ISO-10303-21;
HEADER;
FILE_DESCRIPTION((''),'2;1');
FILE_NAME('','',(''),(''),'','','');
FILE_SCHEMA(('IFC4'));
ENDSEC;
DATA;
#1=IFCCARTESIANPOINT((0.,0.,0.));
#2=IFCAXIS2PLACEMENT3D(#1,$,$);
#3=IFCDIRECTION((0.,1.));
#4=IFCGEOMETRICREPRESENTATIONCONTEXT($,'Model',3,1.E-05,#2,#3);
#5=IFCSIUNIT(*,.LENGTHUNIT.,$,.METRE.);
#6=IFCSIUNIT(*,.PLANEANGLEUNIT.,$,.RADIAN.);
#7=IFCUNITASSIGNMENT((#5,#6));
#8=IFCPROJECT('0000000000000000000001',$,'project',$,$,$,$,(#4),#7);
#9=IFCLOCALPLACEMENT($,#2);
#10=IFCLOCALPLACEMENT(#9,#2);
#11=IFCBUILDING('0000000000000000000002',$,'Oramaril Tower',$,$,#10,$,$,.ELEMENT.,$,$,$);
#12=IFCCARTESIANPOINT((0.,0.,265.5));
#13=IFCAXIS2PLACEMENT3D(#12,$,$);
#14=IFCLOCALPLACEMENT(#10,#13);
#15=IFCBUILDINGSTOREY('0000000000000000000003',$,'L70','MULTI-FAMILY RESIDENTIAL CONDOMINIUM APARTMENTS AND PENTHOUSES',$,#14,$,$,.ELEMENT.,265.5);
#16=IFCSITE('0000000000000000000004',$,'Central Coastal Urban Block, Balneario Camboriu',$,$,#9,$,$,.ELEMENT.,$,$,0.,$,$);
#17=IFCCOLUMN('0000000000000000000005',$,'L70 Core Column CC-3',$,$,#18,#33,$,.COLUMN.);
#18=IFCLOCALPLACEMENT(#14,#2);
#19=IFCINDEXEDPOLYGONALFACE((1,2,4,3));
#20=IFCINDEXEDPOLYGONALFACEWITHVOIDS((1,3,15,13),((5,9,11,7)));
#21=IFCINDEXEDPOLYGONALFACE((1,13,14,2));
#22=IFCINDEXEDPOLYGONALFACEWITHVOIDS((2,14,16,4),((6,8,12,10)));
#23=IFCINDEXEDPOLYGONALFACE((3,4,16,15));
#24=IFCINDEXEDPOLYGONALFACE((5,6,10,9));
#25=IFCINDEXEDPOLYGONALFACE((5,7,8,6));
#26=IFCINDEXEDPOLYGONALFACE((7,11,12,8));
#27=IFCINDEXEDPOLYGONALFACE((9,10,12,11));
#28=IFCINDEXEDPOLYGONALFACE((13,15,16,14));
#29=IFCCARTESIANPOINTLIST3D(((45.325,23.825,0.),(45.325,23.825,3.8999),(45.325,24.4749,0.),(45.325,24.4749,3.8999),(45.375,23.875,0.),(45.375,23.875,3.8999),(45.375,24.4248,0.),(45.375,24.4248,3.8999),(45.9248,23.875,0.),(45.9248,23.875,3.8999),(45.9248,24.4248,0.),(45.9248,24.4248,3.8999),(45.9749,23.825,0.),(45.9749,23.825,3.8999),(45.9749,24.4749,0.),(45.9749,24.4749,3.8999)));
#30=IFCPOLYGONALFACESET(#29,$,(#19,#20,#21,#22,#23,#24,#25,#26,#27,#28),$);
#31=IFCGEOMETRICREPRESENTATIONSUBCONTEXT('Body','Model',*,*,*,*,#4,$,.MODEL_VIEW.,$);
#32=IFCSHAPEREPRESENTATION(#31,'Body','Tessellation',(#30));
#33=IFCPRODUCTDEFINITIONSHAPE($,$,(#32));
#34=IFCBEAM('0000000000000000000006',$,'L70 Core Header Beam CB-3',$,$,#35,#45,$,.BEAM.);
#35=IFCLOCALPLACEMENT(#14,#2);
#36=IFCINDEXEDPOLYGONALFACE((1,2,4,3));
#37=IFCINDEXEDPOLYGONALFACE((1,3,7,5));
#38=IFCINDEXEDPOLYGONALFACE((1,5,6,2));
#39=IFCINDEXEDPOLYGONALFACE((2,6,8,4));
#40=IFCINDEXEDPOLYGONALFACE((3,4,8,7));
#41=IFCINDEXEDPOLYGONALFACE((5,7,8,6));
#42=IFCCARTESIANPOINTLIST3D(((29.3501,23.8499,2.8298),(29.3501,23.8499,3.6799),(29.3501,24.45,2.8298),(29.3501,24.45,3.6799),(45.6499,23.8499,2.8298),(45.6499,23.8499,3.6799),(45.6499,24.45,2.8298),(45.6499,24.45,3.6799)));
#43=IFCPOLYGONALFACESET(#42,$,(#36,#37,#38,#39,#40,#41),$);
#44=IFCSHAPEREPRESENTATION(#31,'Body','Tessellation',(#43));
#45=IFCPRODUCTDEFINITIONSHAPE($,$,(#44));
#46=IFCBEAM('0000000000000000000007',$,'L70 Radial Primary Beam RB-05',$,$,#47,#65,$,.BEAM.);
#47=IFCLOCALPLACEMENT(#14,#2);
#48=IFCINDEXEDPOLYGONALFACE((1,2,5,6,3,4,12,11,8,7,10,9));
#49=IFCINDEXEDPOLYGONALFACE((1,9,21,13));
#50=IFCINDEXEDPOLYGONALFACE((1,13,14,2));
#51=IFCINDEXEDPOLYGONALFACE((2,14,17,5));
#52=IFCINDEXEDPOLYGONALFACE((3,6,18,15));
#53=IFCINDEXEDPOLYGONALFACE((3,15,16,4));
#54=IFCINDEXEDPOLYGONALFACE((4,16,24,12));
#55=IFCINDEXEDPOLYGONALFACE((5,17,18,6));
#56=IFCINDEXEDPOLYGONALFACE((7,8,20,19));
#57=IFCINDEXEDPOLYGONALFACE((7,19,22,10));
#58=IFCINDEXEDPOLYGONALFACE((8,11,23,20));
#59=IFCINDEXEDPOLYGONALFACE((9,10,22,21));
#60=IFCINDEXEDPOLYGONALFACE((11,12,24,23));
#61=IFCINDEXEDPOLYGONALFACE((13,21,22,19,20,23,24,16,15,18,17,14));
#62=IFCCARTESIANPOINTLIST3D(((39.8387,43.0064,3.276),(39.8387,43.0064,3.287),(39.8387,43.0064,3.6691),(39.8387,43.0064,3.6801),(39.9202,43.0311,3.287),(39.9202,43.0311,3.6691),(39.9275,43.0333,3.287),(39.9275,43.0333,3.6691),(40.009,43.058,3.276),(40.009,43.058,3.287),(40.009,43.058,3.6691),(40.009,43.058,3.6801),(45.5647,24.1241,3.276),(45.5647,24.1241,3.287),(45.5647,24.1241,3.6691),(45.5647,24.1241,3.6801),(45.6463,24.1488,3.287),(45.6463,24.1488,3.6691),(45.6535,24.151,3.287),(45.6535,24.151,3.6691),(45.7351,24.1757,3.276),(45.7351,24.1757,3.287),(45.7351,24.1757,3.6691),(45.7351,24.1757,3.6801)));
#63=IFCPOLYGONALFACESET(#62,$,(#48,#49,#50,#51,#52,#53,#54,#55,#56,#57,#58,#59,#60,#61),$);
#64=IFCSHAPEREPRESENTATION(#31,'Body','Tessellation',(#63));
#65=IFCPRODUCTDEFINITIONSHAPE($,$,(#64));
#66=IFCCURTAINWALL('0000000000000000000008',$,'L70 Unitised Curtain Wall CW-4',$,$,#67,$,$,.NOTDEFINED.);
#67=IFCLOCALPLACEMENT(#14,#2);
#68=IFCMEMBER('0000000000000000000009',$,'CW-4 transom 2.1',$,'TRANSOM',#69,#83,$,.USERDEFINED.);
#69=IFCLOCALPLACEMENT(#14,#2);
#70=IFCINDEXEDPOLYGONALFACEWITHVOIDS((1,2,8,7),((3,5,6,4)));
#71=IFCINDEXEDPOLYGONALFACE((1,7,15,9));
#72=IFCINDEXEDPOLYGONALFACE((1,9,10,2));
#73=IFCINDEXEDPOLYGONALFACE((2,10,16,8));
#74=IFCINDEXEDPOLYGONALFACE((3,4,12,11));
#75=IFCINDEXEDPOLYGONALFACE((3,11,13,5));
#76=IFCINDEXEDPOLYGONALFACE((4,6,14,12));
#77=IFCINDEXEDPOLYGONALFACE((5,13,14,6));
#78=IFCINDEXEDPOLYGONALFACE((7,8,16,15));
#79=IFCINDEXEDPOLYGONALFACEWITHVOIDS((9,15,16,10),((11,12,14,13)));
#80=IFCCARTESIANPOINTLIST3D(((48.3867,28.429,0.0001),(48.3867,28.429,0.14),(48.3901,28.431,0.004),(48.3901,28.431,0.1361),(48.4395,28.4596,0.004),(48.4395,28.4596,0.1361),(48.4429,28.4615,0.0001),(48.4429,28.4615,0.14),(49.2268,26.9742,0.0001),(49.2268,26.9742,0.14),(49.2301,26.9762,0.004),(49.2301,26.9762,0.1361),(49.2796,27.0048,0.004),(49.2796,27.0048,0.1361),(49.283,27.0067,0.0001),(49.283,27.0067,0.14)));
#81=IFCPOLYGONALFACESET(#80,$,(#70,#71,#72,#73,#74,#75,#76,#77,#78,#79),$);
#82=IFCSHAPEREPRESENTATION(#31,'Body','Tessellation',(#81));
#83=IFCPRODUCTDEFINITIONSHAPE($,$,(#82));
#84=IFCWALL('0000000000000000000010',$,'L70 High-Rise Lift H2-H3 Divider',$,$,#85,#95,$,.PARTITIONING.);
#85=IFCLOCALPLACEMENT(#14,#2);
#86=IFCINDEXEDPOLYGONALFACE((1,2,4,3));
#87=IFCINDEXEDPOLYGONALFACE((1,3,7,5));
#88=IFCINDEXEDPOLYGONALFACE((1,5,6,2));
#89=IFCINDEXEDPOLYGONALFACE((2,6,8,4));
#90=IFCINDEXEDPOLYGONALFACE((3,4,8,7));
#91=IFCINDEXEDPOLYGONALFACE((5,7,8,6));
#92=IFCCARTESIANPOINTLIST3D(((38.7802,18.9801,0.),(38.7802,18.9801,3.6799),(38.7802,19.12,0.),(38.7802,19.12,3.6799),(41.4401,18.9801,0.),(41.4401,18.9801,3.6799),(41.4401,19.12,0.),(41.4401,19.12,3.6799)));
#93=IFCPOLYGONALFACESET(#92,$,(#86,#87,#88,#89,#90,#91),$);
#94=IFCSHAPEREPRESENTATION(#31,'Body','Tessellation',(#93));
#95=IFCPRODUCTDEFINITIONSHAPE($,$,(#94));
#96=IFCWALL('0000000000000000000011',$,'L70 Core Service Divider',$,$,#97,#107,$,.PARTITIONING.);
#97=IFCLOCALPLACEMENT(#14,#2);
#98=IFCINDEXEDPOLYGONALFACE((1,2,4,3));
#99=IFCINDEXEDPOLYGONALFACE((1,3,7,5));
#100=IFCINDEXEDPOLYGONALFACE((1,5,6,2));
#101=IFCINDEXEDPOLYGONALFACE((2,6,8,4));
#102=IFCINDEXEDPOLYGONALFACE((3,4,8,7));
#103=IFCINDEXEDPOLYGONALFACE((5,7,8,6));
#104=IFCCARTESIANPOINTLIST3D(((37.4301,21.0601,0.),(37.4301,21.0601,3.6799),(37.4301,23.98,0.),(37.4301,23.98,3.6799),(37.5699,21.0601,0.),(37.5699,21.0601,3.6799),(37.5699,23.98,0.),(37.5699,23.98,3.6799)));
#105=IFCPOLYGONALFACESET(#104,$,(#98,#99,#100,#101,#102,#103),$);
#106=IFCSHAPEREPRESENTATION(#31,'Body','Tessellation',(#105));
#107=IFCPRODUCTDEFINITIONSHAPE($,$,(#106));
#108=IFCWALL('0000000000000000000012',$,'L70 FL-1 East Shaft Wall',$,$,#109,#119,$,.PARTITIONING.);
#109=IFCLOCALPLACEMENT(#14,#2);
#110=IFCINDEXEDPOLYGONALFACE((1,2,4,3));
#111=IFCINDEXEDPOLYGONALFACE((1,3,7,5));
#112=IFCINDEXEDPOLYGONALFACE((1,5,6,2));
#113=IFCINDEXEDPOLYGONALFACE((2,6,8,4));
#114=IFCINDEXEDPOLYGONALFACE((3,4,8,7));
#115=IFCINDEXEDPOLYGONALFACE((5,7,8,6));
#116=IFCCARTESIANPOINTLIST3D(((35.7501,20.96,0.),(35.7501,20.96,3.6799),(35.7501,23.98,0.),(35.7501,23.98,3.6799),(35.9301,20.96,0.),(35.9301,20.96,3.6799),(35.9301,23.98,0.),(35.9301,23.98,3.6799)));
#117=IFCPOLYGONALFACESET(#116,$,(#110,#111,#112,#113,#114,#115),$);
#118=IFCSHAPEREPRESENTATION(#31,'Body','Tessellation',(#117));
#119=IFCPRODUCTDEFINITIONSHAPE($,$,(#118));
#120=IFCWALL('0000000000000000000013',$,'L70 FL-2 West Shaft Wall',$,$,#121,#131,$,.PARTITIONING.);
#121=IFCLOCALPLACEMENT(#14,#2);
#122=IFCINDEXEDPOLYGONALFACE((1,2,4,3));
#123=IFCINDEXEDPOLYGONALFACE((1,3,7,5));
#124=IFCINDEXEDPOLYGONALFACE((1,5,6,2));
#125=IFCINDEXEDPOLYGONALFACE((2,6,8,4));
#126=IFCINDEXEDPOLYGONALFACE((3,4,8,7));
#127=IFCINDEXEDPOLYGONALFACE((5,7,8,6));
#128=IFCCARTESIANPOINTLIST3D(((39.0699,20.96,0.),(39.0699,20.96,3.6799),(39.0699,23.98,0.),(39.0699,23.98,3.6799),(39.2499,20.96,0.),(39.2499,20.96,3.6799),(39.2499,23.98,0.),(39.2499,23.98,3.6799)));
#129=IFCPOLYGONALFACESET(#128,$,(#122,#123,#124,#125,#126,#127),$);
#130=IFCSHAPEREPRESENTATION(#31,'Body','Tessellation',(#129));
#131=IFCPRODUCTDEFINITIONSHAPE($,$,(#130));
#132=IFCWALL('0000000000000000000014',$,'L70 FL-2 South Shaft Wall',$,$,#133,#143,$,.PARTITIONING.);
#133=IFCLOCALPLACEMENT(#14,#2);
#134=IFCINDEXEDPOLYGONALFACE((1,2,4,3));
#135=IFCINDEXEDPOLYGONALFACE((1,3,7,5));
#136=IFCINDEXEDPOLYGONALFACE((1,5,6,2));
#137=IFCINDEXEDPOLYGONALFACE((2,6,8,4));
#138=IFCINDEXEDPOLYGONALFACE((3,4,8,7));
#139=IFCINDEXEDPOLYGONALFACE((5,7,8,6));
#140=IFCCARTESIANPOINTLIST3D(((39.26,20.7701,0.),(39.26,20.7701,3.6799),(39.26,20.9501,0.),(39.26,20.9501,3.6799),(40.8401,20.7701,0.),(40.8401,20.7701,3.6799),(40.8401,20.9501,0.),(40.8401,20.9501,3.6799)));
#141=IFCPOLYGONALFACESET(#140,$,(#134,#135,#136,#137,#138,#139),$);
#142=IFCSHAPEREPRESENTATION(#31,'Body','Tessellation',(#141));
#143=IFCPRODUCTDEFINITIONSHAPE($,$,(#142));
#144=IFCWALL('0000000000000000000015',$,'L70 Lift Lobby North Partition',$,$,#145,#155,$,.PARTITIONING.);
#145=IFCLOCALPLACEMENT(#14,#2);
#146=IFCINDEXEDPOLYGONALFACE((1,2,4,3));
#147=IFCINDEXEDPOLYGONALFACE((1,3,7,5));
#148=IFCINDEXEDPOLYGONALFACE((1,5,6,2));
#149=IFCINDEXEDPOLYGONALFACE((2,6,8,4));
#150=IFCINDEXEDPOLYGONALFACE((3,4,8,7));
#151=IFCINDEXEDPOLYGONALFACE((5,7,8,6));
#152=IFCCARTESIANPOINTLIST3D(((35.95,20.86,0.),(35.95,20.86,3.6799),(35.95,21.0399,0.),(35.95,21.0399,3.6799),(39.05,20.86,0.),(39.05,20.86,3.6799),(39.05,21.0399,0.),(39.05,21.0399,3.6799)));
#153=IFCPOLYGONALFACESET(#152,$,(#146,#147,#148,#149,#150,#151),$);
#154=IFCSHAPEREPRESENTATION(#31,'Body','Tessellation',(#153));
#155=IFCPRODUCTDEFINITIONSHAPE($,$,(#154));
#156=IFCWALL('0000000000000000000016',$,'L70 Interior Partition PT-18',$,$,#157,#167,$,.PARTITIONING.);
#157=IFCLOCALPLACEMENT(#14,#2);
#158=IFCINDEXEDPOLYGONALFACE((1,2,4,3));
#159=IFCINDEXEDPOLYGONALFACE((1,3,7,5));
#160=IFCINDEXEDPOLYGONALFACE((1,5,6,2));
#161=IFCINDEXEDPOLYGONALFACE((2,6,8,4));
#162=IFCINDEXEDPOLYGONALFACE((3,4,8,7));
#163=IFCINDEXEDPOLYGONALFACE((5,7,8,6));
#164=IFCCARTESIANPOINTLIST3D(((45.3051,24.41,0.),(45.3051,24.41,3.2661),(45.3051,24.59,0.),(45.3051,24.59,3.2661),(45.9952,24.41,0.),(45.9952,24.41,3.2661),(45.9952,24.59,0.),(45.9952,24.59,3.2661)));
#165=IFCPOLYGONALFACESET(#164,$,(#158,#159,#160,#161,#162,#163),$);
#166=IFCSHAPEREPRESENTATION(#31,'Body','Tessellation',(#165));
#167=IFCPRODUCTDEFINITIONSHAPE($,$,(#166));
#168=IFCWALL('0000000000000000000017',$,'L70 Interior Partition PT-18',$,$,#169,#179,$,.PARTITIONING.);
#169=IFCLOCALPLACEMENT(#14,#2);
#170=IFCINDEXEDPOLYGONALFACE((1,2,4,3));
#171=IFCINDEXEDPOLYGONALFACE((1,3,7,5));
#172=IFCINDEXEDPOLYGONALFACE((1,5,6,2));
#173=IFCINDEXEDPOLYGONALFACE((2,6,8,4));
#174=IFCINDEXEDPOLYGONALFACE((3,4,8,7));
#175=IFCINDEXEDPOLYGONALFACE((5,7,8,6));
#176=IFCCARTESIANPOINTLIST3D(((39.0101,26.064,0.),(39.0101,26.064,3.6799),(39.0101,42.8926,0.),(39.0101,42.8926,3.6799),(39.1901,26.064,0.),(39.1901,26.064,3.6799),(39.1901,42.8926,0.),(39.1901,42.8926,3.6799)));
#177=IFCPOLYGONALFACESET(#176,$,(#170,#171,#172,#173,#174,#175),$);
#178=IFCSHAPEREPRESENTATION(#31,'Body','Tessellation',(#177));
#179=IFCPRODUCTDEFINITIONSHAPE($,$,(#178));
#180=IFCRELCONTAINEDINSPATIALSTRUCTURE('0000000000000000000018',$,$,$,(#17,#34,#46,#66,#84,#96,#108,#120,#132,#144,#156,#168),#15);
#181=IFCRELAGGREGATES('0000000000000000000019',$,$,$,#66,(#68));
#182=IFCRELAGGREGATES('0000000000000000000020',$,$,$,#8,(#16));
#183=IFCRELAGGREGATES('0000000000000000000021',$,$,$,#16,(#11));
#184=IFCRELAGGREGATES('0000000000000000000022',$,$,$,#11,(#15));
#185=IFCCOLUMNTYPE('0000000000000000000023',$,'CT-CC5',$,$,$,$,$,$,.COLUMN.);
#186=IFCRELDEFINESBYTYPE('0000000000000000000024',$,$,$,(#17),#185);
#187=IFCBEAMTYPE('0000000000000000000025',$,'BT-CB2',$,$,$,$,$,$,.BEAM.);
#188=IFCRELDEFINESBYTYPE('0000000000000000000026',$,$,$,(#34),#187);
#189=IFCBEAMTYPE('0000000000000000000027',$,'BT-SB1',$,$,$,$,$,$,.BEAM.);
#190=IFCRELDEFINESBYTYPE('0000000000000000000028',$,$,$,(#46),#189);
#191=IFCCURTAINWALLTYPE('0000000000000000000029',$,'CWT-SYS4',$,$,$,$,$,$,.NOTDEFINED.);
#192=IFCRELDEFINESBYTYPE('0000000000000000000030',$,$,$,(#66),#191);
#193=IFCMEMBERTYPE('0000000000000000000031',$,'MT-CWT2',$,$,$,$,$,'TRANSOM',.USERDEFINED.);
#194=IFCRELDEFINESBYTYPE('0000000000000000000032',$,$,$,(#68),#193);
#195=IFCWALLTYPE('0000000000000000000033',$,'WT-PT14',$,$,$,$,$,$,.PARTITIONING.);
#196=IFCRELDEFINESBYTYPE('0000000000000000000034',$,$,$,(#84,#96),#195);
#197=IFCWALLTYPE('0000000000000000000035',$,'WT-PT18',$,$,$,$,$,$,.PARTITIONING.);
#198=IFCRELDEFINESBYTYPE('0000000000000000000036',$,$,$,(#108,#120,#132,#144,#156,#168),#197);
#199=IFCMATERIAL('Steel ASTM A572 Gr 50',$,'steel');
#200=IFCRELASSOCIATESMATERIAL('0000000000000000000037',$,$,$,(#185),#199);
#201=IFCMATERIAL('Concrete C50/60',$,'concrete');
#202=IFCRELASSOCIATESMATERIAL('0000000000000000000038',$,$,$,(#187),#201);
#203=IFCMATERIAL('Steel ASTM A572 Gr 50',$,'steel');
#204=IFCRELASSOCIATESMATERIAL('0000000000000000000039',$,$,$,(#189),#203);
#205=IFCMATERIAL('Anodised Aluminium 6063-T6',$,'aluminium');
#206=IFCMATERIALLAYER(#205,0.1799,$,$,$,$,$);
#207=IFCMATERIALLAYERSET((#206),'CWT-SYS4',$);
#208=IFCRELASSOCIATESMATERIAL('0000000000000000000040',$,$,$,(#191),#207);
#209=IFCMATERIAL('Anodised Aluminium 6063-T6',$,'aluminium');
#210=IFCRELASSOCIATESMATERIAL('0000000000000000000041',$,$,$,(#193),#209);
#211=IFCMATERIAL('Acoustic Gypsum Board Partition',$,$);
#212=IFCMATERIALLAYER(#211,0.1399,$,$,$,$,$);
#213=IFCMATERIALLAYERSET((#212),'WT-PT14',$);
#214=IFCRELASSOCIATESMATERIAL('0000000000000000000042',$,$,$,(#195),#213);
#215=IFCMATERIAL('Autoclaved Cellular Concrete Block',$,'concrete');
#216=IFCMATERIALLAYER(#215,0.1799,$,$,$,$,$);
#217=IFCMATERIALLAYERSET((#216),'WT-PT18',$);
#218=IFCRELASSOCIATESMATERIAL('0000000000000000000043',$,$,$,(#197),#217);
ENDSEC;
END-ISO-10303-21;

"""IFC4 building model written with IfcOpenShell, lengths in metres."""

from ifc_helpers import new_model, si_unit, direction, frame, frame_2d, origin, origin_2d, place, context, subcontext, project, spatial, rectangle, hollow_rectangle, i_section, extrude, material, layer, layer_set, material_profile, profile_set, type_object, element, aggregate, save


model = new_model("IFC4")

# Units and contexts
model_context = context("Model", 3, precision=1e-05, world=origin(), true_north=direction((0.0, 1.0)))
body_context = subcontext(model_context, "Body", "Model", "MODEL_VIEW")
ifc_project = project(units=[si_unit("LENGTHUNIT", "METRE"), si_unit("PLANEANGLEUNIT", "RADIAN")], contexts=[model_context])

# Site, building, storey
site_placement = place(None, origin())
site = spatial("IfcSite", under=ifc_project, at=site_placement, Name="Central Coastal Urban Block, Balneario Camboriu", CompositionType="ELEMENT", RefElevation=0.0)
building_placement = place(site_placement, origin())
building = spatial("IfcBuilding", under=site, at=building_placement, Name="Oramaril Tower", CompositionType="ELEMENT")
storey_placement = place(building_placement, frame((0.0, 0.0, 265.5)))
storey = spatial("IfcBuildingStorey", under=building, at=storey_placement, Name="L70", Description="MULTI-FAMILY RESIDENTIAL CONDOMINIUM APARTMENTS AND PENTHOUSES", CompositionType="ELEMENT", Elevation=265.5)

# Column
ifc_material_1 = material(Name="Steel ASTM A572 Gr 50", Category="steel")
ifc_material_profile_1 = material_profile(ifc_material_1, hollow_rectangle(XDim=0.6499, YDim=0.6499, WallThickness=0.05, at=origin_2d()), Name="BOX650X650X50")
ifc_profile_set_1 = profile_set([ifc_material_profile_1], Name="Steel ASTM A572 Gr 50")
column_type = type_object("IfcColumnType", Name="CT-CC5", PredefinedType="COLUMN", material=ifc_profile_set_1)
column_placement = place(storey_placement, frame((45.6499, 24.1499, 0.0), z_axis=(0.0, 0.0, 1.0), x_axis=(1.0, 0.0, 0.0)))
element("IfcColumn", 1, at=column_placement, inside=storey, type_object=column_type, Name="L70 Core Column CC-3", PredefinedType="COLUMN", context=body_context, shape_type="SweptSolid", body=[
    extrude(hollow_rectangle(XDim=0.6499, YDim=0.6499, WallThickness=0.05, at=origin_2d()), origin(), (0.0, 0.0, 1.0), 3.8999),
])

# Beams
ifc_material_2 = material(Name="Concrete C50/60", Category="concrete")
ifc_material_profile_2 = material_profile(ifc_material_2, rectangle(XDim=0.6001, YDim=0.8501, at=origin_2d()), Name="CB600X850")
ifc_profile_set_2 = profile_set([ifc_material_profile_2], Name="Concrete C50/60")
beam_type_1 = type_object("IfcBeamType", Name="BT-CB2", PredefinedType="BEAM", material=ifc_profile_set_2)
beam_1_placement = place(storey_placement, frame((45.6499, 24.1499, 3.2549), z_axis=(-1.0, 0.0, 0.0), x_axis=(0.0, -1.0, 0.0)))
element("IfcBeam", 2, at=beam_1_placement, inside=storey, type_object=beam_type_1, Name="L70 Core Header Beam CB-3", PredefinedType="BEAM", context=body_context, shape_type="SweptSolid", body=[
    extrude(rectangle(XDim=0.6001, YDim=0.8501, at=origin_2d()), origin(), (0.0, 0.0, 1.0), 16.2998),
])
ifc_material_3 = material(Name="Steel ASTM A572 Gr 50", Category="steel")
ifc_material_profile_3 = material_profile(ifc_material_3, i_section(OverallWidth=0.178, OverallDepth=0.4041, WebThickness=0.0076, FlangeThickness=0.011, at=origin_2d()), Name="W16X36")
ifc_profile_set_3 = profile_set([ifc_material_profile_3], Name="Steel ASTM A572 Gr 50")
beam_type_2 = type_object("IfcBeamType", Name="BT-SB1", PredefinedType="BEAM", material=ifc_profile_set_3)
beam_2_placement = place(storey_placement, frame((45.6499, 24.1499, 3.478), z_axis=(-0.2902, 0.956966, 0.0), x_axis=(-0.956966, -0.2902, 0.0)))
element("IfcBeam", 3, at=beam_2_placement, inside=storey, type_object=beam_type_2, Name="L70 Radial Primary Beam RB-05", PredefinedType="BEAM", context=body_context, shape_type="SweptSolid", body=[
    extrude(i_section(OverallWidth=0.178, OverallDepth=0.4041, WebThickness=0.0076, FlangeThickness=0.011, at=origin_2d()), origin(), (0.0, 0.0, 1.0), 19.7314),
])

# Curtain wall, member
ifc_material_4 = material(Name="Anodised Aluminium 6063-T6", Category="aluminium")
ifc_layer_1 = layer(ifc_material_4, 0.1799)
ifc_layer_set_1 = layer_set([ifc_layer_1], Name="CWT-SYS4")
curtain_wall_type = type_object("IfcCurtainWallType", Name="CWT-SYS4", PredefinedType="NOTDEFINED", material=ifc_layer_set_1)
curtain_wall_placement = place(storey_placement, origin())
curtain_wall = element("IfcCurtainWall", 4, at=curtain_wall_placement, inside=storey, type_object=curtain_wall_type, Name="L70 Unitised Curtain Wall CW-4", PredefinedType="NOTDEFINED")
ifc_material_5 = material(Name="Anodised Aluminium 6063-T6", Category="aluminium")
ifc_material_profile_4 = material_profile(ifc_material_5, hollow_rectangle(XDim=0.0649, YDim=0.1399, WallThickness=0.0039, at=origin_2d()), Name="CWT140X65")
ifc_profile_set_4 = profile_set([ifc_material_profile_4], Name="Anodised Aluminium 6063-T6")
member_type = type_object("IfcMemberType", Name="MT-CWT2", ElementType="TRANSOM", PredefinedType="USERDEFINED", material=ifc_profile_set_4)
member_placement = place(storey_placement, frame((49.2549, 26.9905, 0.0701), z_axis=(-0.500062, 0.86599, 0.0), x_axis=(-0.86599, -0.500062, 0.0)))
member = element("IfcMember", 5, at=member_placement, type_object=member_type, Name="CW-4 transom 2.1", ObjectType="TRANSOM", PredefinedType="USERDEFINED", context=body_context, shape_type="SweptSolid", body=[
    extrude(hollow_rectangle(XDim=0.0649, YDim=0.1399, WallThickness=0.0039, at=origin_2d()), origin(), (0.0, 0.0, 1.0), 1.6799),
])
aggregate(curtain_wall, [member])

# Walls
ifc_material_6 = material(Name="Acoustic Gypsum Board Partition")
ifc_layer_2 = layer(ifc_material_6, 0.1399)
ifc_layer_set_2 = layer_set([ifc_layer_2], Name="WT-PT14")
wall_type_1 = type_object("IfcWallType", Name="WT-PT14", PredefinedType="PARTITIONING", material=ifc_layer_set_2)
wall_1_placement = place(storey_placement, frame((38.78, 19.05, 0.0), z_axis=(0.0, 0.0, 1.0), x_axis=(1.0, 0.0, 0.0)))
element("IfcWall", 6, at=wall_1_placement, inside=storey, type_object=wall_type_1, Name="L70 High-Rise Lift H2-H3 Divider", PredefinedType="PARTITIONING", context=body_context, shape_type="SweptSolid", body=[
    extrude(rectangle(XDim=2.6599, YDim=0.1399, at=frame_2d((1.3301, 0.0))), origin(), (0.0, 0.0, 1.0), 3.6799),
])
wall_2_placement = place(storey_placement, frame((37.5, 21.0601, 0.0), z_axis=(0.0, 0.0, 1.0), x_axis=(0.0, 1.0, 0.0)))
element("IfcWall", 7, at=wall_2_placement, inside=storey, type_object=wall_type_1, Name="L70 Core Service Divider", PredefinedType="PARTITIONING", context=body_context, shape_type="SweptSolid", body=[
    extrude(rectangle(XDim=2.9199, YDim=0.1399, at=frame_2d((1.46, 0.0))), origin(), (0.0, 0.0, 1.0), 3.6799),
])

# Walls
ifc_material_7 = material(Name="Autoclaved Cellular Concrete Block", Category="concrete")
ifc_layer_3 = layer(ifc_material_7, 0.1799)
ifc_layer_set_3 = layer_set([ifc_layer_3], Name="WT-PT18")
wall_type_2 = type_object("IfcWallType", Name="WT-PT18", PredefinedType="PARTITIONING", material=ifc_layer_set_3)
for number, where, z_axis, x_axis, name in (
    (8, (35.8401, 20.96, 0.0), (0.0, 0.0, 1.0), (0.0, 1.0, 0.0), "L70 FL-1 East Shaft Wall"),
    (9, (39.1599, 20.96, 0.0), (0.0, 0.0, 1.0), (0.0, 1.0, 0.0), "L70 FL-2 West Shaft Wall"),
):
    element("IfcWall", number, at=place(storey_placement, frame(where, z_axis=z_axis, x_axis=x_axis)), inside=storey, type_object=wall_type_2, Name=name, PredefinedType="PARTITIONING", context=body_context, shape_type="SweptSolid", body=[
        extrude(rectangle(XDim=3.02, YDim=0.1799, at=frame_2d((1.51, 0.0))), origin(), (0.0, 0.0, 1.0), 3.6799),
    ])
wall_3_placement = place(storey_placement, frame((39.26, 20.8601, 0.0), z_axis=(0.0, 0.0, 1.0), x_axis=(1.0, 0.0, 0.0)))
element("IfcWall", 10, at=wall_3_placement, inside=storey, type_object=wall_type_2, Name="L70 FL-2 South Shaft Wall", PredefinedType="PARTITIONING", context=body_context, shape_type="SweptSolid", body=[
    extrude(rectangle(XDim=1.5801, YDim=0.1799, at=frame_2d((0.79, 0.0))), origin(), (0.0, 0.0, 1.0), 3.6799),
])
wall_4_placement = place(storey_placement, frame((35.95, 20.95, 0.0), z_axis=(0.0, 0.0, 1.0), x_axis=(1.0, 0.0, 0.0)))
element("IfcWall", 11, at=wall_4_placement, inside=storey, type_object=wall_type_2, Name="L70 Lift Lobby North Partition", PredefinedType="PARTITIONING", context=body_context, shape_type="SweptSolid", body=[
    extrude(rectangle(XDim=3.1001, YDim=0.1799, at=frame_2d((1.55, 0.0))), origin(), (0.0, 0.0, 1.0), 3.6799),
])
wall_5_placement = place(storey_placement, frame((45.3049, 24.5, 0.0), z_axis=(0.0, 0.0, 1.0), x_axis=(1.0, 0.0, 0.0)))
element("IfcWall", 12, at=wall_5_placement, inside=storey, type_object=wall_type_2, Name="L70 Interior Partition PT-18", PredefinedType="PARTITIONING", context=body_context, shape_type="SweptSolid", body=[
    extrude(rectangle(XDim=0.6902, YDim=0.1799, at=frame_2d((0.3452, 0.0))), origin(), (0.0, 0.0, 1.0), 3.2661),
])
wall_6_placement = place(storey_placement, frame((39.1001, 26.064, 0.0), z_axis=(0.0, 0.0, 1.0), x_axis=(0.0, 1.0, 0.0)))
element("IfcWall", 13, at=wall_6_placement, inside=storey, type_object=wall_type_2, Name="L70 Interior Partition PT-18", PredefinedType="PARTITIONING", context=body_context, shape_type="SweptSolid", body=[
    extrude(rectangle(XDim=16.8286, YDim=0.1799, at=frame_2d((8.4143, 0.0))), origin(), (0.0, 0.0, 1.0), 3.6799),
])

save(model, "model.ifc")
